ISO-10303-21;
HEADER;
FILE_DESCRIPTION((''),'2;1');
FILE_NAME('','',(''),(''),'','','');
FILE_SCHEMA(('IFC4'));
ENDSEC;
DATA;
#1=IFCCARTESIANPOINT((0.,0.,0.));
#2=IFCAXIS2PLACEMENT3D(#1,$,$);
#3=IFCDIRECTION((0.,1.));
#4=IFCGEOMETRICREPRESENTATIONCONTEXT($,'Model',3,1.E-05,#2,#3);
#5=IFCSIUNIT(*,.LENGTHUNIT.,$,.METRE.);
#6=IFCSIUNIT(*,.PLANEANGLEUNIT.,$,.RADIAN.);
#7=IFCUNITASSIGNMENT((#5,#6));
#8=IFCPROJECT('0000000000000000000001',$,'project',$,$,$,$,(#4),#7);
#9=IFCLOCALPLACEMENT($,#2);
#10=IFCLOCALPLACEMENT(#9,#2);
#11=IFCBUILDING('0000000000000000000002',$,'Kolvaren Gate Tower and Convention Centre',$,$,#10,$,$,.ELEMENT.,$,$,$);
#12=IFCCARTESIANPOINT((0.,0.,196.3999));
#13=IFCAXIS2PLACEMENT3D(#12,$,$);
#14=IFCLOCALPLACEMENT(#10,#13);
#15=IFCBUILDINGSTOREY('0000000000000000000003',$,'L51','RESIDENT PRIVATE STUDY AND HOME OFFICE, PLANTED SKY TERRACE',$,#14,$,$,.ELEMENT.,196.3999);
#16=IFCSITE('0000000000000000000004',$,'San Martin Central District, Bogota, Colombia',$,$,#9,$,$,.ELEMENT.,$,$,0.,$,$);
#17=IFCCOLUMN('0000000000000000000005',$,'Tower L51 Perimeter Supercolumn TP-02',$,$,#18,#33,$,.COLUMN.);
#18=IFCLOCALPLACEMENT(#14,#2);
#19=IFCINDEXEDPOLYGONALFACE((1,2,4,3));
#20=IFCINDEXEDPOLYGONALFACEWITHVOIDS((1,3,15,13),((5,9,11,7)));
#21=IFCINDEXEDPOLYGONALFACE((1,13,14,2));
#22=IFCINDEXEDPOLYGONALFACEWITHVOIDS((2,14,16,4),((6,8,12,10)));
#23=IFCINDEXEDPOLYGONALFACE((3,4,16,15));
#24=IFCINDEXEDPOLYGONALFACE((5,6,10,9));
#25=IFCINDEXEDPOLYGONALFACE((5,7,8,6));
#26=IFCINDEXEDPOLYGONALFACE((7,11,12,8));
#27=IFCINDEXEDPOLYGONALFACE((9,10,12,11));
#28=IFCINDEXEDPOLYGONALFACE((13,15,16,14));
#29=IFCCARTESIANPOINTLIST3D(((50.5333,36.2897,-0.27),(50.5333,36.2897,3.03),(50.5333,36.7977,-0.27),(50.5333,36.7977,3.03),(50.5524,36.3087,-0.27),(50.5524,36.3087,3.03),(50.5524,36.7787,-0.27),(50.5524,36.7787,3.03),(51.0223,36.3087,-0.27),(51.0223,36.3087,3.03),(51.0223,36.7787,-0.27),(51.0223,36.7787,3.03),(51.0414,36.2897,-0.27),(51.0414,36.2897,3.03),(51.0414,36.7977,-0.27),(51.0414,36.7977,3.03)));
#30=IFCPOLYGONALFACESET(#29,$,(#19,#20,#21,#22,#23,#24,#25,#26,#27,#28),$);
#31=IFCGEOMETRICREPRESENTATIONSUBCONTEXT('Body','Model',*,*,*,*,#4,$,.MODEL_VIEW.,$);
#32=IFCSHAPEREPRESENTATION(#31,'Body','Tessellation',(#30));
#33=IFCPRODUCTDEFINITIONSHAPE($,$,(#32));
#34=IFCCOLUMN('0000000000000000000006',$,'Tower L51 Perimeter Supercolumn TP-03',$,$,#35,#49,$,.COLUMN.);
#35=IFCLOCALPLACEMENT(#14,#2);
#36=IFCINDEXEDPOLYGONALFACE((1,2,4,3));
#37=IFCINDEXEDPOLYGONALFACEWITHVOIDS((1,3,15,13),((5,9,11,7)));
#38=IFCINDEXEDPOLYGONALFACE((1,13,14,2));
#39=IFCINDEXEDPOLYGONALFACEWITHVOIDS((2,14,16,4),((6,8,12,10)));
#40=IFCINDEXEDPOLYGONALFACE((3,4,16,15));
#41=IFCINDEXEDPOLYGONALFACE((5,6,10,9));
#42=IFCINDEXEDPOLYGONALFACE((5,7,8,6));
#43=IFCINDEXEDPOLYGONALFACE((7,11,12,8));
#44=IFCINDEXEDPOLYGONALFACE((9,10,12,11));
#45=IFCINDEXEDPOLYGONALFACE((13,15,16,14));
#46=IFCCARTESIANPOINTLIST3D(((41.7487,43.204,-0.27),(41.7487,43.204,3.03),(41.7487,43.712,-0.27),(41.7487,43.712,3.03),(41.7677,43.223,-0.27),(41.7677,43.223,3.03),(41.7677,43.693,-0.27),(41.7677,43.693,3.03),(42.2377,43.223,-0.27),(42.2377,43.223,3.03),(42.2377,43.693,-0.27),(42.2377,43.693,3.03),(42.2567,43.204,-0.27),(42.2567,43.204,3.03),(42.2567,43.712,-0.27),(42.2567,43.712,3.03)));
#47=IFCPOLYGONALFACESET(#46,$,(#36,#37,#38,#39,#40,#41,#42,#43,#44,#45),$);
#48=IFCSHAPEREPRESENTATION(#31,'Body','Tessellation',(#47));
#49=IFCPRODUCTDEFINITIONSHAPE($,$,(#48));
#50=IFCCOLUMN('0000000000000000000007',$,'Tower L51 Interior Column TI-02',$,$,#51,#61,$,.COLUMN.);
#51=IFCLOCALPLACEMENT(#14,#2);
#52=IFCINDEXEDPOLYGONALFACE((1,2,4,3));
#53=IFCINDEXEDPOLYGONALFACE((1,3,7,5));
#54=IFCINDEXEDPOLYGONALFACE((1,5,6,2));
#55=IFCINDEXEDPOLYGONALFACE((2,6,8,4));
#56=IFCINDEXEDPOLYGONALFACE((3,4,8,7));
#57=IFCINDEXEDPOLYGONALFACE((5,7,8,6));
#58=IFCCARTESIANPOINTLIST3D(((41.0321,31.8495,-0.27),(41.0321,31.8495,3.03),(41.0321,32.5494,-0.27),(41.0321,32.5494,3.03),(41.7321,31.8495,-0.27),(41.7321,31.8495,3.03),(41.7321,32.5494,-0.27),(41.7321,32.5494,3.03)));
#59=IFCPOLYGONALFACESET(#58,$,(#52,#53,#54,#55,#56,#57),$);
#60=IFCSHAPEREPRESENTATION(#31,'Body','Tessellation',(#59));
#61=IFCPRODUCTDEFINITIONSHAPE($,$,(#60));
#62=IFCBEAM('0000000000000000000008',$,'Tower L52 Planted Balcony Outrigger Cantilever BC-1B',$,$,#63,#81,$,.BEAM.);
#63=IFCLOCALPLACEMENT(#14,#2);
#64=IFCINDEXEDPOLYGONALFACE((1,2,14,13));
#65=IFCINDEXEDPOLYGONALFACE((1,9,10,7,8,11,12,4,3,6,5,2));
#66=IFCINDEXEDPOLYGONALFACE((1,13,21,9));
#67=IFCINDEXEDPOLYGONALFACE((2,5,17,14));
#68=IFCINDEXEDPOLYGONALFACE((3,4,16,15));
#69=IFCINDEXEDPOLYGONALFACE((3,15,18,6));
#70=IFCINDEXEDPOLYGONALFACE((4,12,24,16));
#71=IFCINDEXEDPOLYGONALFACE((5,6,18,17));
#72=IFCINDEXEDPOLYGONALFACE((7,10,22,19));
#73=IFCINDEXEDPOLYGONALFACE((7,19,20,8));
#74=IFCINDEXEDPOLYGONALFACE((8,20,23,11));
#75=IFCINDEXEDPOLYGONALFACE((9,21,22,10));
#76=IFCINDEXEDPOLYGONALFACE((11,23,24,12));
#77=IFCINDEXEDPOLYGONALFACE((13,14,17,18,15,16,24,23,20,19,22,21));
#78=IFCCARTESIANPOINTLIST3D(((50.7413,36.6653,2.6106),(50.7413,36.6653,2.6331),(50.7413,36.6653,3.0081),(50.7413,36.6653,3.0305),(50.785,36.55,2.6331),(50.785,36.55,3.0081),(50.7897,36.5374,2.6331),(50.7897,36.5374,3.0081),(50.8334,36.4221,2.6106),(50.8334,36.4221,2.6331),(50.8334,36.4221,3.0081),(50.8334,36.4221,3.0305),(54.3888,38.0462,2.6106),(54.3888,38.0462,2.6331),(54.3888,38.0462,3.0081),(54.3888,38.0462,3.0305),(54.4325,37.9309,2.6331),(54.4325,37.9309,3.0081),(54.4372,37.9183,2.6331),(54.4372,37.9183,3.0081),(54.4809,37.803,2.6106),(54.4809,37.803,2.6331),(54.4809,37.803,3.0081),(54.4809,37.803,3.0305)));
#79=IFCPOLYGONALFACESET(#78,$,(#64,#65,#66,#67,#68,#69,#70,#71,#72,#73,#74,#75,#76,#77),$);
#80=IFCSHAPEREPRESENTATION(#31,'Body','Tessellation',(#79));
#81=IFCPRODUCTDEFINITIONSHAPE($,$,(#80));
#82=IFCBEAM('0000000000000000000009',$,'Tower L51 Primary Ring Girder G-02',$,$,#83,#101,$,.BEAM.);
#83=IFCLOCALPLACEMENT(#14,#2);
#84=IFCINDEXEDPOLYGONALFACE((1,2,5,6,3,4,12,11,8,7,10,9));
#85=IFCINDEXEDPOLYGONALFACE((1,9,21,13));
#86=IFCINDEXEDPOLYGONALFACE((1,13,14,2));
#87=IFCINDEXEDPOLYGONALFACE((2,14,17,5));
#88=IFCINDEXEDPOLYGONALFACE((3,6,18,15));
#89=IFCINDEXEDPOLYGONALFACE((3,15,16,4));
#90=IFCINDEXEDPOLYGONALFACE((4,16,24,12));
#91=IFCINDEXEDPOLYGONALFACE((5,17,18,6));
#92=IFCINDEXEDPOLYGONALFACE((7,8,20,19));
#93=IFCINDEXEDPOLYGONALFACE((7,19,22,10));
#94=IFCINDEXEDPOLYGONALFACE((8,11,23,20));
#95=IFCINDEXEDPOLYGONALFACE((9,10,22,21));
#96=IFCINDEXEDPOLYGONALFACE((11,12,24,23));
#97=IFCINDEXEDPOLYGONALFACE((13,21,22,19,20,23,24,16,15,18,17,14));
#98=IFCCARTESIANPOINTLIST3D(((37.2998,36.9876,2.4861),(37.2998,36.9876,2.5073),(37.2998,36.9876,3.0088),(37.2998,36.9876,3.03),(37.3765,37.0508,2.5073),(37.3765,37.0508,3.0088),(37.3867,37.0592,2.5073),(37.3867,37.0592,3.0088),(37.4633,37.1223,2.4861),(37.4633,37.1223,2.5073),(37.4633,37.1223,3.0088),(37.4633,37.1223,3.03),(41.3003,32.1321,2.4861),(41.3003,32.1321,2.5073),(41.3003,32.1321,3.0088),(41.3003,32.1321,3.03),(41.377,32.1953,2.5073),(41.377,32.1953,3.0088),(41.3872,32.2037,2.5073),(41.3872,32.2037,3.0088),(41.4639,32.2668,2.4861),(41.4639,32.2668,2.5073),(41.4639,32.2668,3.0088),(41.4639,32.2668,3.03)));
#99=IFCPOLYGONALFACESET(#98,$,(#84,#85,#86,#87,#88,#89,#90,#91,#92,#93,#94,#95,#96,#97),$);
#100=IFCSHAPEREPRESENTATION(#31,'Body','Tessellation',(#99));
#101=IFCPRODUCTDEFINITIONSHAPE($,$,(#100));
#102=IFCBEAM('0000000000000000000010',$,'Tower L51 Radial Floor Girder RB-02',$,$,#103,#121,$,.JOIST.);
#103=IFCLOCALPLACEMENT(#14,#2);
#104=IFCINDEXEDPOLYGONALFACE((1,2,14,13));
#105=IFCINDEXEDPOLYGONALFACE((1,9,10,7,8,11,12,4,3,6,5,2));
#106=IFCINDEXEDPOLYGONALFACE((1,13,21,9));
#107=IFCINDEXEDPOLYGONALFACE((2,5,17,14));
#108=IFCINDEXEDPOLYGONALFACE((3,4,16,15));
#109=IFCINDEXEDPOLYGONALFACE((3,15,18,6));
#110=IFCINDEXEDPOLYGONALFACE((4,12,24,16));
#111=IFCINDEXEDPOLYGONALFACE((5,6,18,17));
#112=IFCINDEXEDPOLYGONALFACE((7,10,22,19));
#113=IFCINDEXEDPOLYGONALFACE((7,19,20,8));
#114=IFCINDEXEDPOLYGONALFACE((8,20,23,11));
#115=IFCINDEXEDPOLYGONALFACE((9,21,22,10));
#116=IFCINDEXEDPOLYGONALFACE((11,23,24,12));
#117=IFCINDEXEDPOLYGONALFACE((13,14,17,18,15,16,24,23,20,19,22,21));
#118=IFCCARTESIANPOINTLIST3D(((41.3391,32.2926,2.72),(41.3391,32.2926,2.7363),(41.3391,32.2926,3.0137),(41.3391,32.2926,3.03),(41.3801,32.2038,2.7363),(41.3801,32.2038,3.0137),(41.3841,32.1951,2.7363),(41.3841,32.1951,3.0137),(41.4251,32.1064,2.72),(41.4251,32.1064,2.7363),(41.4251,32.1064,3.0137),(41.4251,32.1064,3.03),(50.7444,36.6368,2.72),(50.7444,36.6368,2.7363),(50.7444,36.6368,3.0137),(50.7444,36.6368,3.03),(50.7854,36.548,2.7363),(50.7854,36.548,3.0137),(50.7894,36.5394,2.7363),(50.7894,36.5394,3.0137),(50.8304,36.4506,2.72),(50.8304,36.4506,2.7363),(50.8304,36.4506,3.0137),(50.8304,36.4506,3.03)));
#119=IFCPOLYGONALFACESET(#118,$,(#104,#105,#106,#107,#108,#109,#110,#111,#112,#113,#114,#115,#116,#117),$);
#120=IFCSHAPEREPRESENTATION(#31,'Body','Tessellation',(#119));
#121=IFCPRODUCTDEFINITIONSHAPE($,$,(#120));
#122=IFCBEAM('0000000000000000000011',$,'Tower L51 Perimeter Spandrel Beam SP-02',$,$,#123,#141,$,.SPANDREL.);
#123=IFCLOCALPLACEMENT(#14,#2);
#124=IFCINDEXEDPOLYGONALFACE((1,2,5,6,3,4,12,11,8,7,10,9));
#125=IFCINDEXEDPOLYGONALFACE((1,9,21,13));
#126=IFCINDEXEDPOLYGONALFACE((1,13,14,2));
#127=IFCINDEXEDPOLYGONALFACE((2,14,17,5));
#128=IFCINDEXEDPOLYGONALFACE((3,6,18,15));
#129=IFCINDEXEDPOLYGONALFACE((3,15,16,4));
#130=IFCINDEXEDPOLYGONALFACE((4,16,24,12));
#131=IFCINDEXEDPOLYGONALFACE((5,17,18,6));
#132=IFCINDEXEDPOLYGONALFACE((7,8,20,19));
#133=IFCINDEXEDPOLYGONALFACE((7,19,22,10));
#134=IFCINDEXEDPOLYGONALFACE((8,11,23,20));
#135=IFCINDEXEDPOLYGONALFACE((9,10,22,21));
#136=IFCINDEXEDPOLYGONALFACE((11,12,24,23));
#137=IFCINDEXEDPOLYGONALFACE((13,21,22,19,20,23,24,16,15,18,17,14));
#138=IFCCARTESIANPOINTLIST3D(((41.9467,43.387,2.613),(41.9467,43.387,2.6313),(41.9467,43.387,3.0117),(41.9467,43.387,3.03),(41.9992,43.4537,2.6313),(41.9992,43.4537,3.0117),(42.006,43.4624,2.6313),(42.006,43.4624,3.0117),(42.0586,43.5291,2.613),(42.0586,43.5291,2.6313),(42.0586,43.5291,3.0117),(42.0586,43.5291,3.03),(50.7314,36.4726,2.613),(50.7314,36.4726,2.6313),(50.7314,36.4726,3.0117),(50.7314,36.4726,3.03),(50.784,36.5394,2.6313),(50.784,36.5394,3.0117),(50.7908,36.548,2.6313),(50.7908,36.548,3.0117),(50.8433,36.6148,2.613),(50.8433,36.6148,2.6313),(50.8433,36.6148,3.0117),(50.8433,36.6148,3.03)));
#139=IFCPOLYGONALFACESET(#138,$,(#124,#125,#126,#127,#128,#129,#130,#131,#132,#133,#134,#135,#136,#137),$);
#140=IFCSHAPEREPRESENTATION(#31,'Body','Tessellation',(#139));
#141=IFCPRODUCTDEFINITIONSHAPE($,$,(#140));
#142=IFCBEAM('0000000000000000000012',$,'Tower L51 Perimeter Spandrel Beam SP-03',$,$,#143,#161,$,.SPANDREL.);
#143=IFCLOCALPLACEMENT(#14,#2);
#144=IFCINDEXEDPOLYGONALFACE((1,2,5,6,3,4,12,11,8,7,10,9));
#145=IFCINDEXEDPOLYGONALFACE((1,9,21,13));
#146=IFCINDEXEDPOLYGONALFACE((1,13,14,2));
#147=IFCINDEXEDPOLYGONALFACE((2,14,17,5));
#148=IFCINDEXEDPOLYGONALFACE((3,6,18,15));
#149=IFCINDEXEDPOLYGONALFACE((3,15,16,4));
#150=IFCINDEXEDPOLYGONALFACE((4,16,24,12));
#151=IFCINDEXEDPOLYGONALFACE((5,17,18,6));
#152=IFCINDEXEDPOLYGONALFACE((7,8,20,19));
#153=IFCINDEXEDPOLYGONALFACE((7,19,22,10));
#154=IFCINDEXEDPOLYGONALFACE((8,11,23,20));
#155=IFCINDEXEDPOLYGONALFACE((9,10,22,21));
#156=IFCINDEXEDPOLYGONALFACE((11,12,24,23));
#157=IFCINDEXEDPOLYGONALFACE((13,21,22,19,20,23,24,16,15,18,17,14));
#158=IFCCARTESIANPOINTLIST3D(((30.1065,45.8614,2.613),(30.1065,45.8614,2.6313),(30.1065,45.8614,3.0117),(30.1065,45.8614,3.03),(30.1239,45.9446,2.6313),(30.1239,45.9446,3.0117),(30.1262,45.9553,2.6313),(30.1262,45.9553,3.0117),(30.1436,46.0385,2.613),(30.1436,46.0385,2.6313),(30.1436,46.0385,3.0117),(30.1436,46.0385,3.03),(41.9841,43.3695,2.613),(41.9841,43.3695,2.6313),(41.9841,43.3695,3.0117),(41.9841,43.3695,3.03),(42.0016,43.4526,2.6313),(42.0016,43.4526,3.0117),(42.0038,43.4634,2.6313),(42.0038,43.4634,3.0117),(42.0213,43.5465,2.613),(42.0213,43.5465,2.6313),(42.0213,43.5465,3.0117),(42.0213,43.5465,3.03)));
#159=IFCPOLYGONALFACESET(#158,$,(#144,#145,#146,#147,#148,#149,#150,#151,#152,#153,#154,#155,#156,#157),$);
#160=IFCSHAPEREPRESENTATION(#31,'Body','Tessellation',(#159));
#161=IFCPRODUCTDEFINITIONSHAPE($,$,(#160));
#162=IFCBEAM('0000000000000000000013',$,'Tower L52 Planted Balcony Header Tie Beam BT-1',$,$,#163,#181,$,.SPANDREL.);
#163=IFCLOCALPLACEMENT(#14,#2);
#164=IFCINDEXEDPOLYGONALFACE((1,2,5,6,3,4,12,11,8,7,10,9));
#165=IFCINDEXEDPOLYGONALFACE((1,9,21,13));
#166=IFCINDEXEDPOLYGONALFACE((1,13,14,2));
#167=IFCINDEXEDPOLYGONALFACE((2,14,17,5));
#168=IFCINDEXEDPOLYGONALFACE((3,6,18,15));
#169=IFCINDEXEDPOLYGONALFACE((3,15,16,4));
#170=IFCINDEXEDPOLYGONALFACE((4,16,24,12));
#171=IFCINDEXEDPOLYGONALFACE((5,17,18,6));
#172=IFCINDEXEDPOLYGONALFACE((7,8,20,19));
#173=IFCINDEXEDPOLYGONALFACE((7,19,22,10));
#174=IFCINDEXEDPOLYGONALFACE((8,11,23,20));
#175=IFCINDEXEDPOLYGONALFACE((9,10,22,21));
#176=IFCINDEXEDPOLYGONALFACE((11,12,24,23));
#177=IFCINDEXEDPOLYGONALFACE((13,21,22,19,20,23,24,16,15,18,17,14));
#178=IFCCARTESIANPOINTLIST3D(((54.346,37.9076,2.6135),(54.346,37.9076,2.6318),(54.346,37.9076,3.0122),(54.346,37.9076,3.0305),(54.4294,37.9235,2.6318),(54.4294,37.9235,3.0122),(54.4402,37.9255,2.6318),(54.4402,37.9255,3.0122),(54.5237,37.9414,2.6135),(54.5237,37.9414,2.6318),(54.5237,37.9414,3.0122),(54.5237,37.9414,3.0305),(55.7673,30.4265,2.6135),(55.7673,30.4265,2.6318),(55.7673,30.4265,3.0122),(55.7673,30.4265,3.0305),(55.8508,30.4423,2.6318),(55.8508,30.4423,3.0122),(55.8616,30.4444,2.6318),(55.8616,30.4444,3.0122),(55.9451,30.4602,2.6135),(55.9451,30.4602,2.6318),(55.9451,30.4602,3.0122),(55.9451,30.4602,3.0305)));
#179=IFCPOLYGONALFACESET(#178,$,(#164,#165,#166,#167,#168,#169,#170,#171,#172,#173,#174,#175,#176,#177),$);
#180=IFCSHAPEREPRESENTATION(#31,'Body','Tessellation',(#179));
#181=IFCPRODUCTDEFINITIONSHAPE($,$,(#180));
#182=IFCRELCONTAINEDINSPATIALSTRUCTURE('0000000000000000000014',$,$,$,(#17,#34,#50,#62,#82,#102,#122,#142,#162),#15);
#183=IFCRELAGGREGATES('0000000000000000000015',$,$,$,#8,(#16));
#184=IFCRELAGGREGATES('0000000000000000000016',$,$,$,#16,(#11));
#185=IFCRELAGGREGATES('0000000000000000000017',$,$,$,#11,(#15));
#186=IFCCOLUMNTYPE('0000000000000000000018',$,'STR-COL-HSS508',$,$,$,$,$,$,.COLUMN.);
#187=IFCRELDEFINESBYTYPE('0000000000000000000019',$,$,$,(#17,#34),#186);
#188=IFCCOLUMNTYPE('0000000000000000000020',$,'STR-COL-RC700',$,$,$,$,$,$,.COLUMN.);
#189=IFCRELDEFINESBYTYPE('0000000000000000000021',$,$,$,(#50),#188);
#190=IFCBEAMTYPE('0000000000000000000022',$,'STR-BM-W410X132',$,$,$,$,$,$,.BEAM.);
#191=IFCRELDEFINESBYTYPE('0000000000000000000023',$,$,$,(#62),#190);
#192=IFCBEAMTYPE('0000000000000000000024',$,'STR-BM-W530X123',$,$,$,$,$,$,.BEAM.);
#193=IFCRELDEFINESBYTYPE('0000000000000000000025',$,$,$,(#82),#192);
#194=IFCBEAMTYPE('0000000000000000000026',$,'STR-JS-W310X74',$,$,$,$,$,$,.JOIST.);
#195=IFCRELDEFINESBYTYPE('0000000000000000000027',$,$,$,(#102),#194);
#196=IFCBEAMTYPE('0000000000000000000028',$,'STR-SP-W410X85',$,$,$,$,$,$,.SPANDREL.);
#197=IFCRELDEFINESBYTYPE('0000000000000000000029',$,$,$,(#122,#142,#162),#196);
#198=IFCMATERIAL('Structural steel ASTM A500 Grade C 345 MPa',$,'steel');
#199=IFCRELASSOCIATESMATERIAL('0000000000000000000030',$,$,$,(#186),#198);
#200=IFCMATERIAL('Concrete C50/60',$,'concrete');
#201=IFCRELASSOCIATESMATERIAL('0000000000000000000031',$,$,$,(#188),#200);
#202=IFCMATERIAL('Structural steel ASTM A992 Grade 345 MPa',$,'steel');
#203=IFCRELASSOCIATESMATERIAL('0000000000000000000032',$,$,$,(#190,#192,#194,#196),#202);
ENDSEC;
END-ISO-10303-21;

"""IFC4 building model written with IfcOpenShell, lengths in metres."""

from ifc_helpers import new_model, si_unit, direction, frame, origin, origin_2d, place, context, subcontext, project, spatial, rectangle, hollow_rectangle, i_section, extrude, material, material_profile, profile_set, type_object, element, save


model = new_model("IFC4")

# Units and contexts
model_context = context("Model", 3, precision=1e-05, world=origin(), true_north=direction((0.0, 1.0)))
body_context = subcontext(model_context, "Body", "Model", "MODEL_VIEW")
ifc_project = project(units=[si_unit("LENGTHUNIT", "METRE"), si_unit("PLANEANGLEUNIT", "RADIAN")], contexts=[model_context])

# Site, building, storey
site_placement = place(None, origin())
site = spatial("IfcSite", under=ifc_project, at=site_placement, Name="San Martin Central District, Bogota, Colombia", CompositionType="ELEMENT", RefElevation=0.0)
building_placement = place(site_placement, origin())
building = spatial("IfcBuilding", under=site, at=building_placement, Name="Kolvaren Gate Tower and Convention Centre", CompositionType="ELEMENT")
storey_placement = place(building_placement, frame((0.0, 0.0, 196.3999)))
storey = spatial("IfcBuildingStorey", under=building, at=storey_placement, Name="L51", Description="RESIDENT PRIVATE STUDY AND HOME OFFICE, PLANTED SKY TERRACE", CompositionType="ELEMENT", Elevation=196.3999)

# Columns
ifc_material_1 = material(Name="Structural steel ASTM A500 Grade C 345 MPa", Category="steel")
ifc_material_profile_1 = material_profile(ifc_material_1, hollow_rectangle(XDim=0.5081, YDim=0.5081, WallThickness=0.019, at=origin_2d()), Name="HSS508X508X19.1")
ifc_profile_set_1 = profile_set([ifc_material_profile_1], Name="Structural steel ASTM A500 Grade C 345 MPa")
column_type_1 = type_object("IfcColumnType", Name="STR-COL-HSS508", PredefinedType="COLUMN", material=ifc_profile_set_1)
for number, where, z_axis, x_axis, name in (
    (1, (50.7874, 36.5437, -0.27), (0.0, 0.0, 1.0), (1.0, 0.0, 0.0), "Tower L51 Perimeter Supercolumn TP-02"),
    (2, (42.0027, 43.458, -0.27), (0.0, 0.0, 1.0), (1.0, 0.0, 0.0), "Tower L51 Perimeter Supercolumn TP-03"),
):
    element("IfcColumn", number, at=place(storey_placement, frame(where, z_axis=z_axis, x_axis=x_axis)), inside=storey, type_object=column_type_1, Name=name, PredefinedType="COLUMN", context=body_context, shape_type="SweptSolid", body=[
        extrude(hollow_rectangle(XDim=0.5081, YDim=0.5081, WallThickness=0.019, at=origin_2d()), origin(), (0.0, 0.0, 1.0), 3.3),
    ])
ifc_material_2 = material(Name="Concrete C50/60", Category="concrete")
ifc_material_profile_2 = material_profile(ifc_material_2, rectangle(XDim=0.7, YDim=0.7, at=origin_2d()), Name="RC-COL-700X700")
ifc_profile_set_2 = profile_set([ifc_material_profile_2], Name="Concrete C50/60")
column_type_2 = type_object("IfcColumnType", Name="STR-COL-RC700", PredefinedType="COLUMN", material=ifc_profile_set_2)
column_placement = place(storey_placement, frame((41.3821, 32.1995, -0.27), z_axis=(0.0, 0.0, 1.0), x_axis=(1.0, 0.0, 0.0)))
element("IfcColumn", 3, at=column_placement, inside=storey, type_object=column_type_2, Name="Tower L51 Interior Column TI-02", PredefinedType="COLUMN", context=body_context, shape_type="SweptSolid", body=[
    extrude(rectangle(XDim=0.7, YDim=0.7, at=origin_2d()), origin(), (0.0, 0.0, 1.0), 3.3),
])

# Beams
ifc_material_3 = material(Name="Structural steel ASTM A992 Grade 345 MPa", Category="steel")
ifc_material_profile_3 = material_profile(ifc_material_3, i_section(OverallWidth=0.26, OverallDepth=0.4199, WebThickness=0.0134, FlangeThickness=0.0225, at=origin_2d()), Name="W410X132")
ifc_profile_set_3 = profile_set([ifc_material_profile_3], Name="Structural steel ASTM A992 Grade 345 MPa")
beam_type_1 = type_object("IfcBeamType", Name="STR-BM-W410X132", PredefinedType="BEAM", material=ifc_profile_set_3)
beam_1_placement = place(storey_placement, frame((50.7874, 36.5437, 2.8206), z_axis=(0.935224, 0.354058, 0.0), x_axis=(-0.354058, 0.935224, 0.0)))
element("IfcBeam", 4, at=beam_1_placement, inside=storey, type_object=beam_type_1, Name="Tower L52 Planted Balcony Outrigger Cantilever BC-1B", PredefinedType="BEAM", context=body_context, shape_type="SweptSolid", body=[
    extrude(i_section(OverallWidth=0.26, OverallDepth=0.4199, WebThickness=0.0134, FlangeThickness=0.0225, at=origin_2d()), origin(), (0.0, 0.0, 1.0), 3.9001),
])
ifc_material_profile_4 = material_profile(ifc_material_3, i_section(OverallWidth=0.2119, OverallDepth=0.5439, WebThickness=0.0132, FlangeThickness=0.0212, at=origin_2d()), Name="W530X123")
ifc_profile_set_4 = profile_set([ifc_material_profile_4], Name="Structural steel ASTM A992 Grade 345 MPa")
beam_type_2 = type_object("IfcBeamType", Name="STR-BM-W530X123", PredefinedType="BEAM", material=ifc_profile_set_4)
beam_2_placement = place(storey_placement, frame((41.3821, 32.1995, 2.7581), z_axis=(-0.635884, 0.771785, 0.0), x_axis=(-0.771785, -0.635884, 0.0)))
element("IfcBeam", 5, at=beam_2_placement, inside=storey, type_object=beam_type_2, Name="Tower L51 Primary Ring Girder G-02", PredefinedType="BEAM", context=body_context, shape_type="SweptSolid", body=[
    extrude(i_section(OverallWidth=0.2119, OverallDepth=0.5439, WebThickness=0.0132, FlangeThickness=0.0212, at=origin_2d()), origin(), (0.0, 0.0, 1.0), 6.2913),
])
ifc_material_profile_5 = material_profile(ifc_material_3, i_section(OverallWidth=0.2051, OverallDepth=0.3101, WebThickness=0.0095, FlangeThickness=0.0164, at=origin_2d()), Name="W310X74")
ifc_profile_set_5 = profile_set([ifc_material_profile_5], Name="Structural steel ASTM A992 Grade 345 MPa")
beam_type_3 = type_object("IfcBeamType", Name="STR-JS-W310X74", PredefinedType="JOIST", material=ifc_profile_set_5)
beam_3_placement = place(storey_placement, frame((41.3821, 32.1995, 2.875), z_axis=(0.907837, 0.419324, 0.0), x_axis=(-0.419324, 0.907837, 0.0)))
element("IfcBeam", 6, at=beam_3_placement, inside=storey, type_object=beam_type_3, Name="Tower L51 Radial Floor Girder RB-02", PredefinedType="JOIST", context=body_context, shape_type="SweptSolid", body=[
    extrude(i_section(OverallWidth=0.2051, OverallDepth=0.3101, WebThickness=0.0095, FlangeThickness=0.0164, at=origin_2d()), origin(), (0.0, 0.0, 1.0), 10.3601),
])
ifc_material_profile_6 = material_profile(ifc_material_3, i_section(OverallWidth=0.1809, OverallDepth=0.417, WebThickness=0.011, FlangeThickness=0.0183, at=origin_2d()), Name="W410X85")
ifc_profile_set_6 = profile_set([ifc_material_profile_6], Name="Structural steel ASTM A992 Grade 345 MPa")
beam_type_4 = type_object("IfcBeamType", Name="STR-SP-W410X85", PredefinedType="SPANDREL", material=ifc_profile_set_6)
beam_4_placement = place(storey_placement, frame((50.7874, 36.5437, 2.8215), z_axis=(-0.785794, 0.618489, 0.0), x_axis=(-0.618489, -0.785794, 0.0)))
element("IfcBeam", 7, at=beam_4_placement, inside=storey, type_object=beam_type_4, Name="Tower L51 Perimeter Spandrel Beam SP-02", PredefinedType="SPANDREL", context=body_context, shape_type="SweptSolid", body=[
    extrude(i_section(OverallWidth=0.1809, OverallDepth=0.417, WebThickness=0.011, FlangeThickness=0.0183, at=origin_2d()), origin(), (0.0, 0.0, 1.0), 11.1794),
])
beam_5_placement = place(storey_placement, frame((42.0027, 43.458, 2.8215), z_axis=(-0.978693, 0.20533, 0.0), x_axis=(-0.20533, -0.978693, 0.0)))
element("IfcBeam", 8, at=beam_5_placement, inside=storey, type_object=beam_type_4, Name="Tower L51 Perimeter Spandrel Beam SP-03", PredefinedType="SPANDREL", context=body_context, shape_type="SweptSolid", body=[
    extrude(i_section(OverallWidth=0.1809, OverallDepth=0.417, WebThickness=0.011, FlangeThickness=0.0183, at=origin_2d()), origin(), (0.0, 0.0, 1.0), 12.1362),
])
beam_6_placement = place(storey_placement, frame((55.8562, 30.4434, 2.822), z_axis=(-0.186655, 0.982425, 0.0), x_axis=(-0.982425, -0.186655, 0.0)))
element("IfcBeam", 9, at=beam_6_placement, inside=storey, type_object=beam_type_4, Name="Tower L52 Planted Balcony Header Tie Beam BT-1", PredefinedType="SPANDREL", context=body_context, shape_type="SweptSolid", body=[
    extrude(i_section(OverallWidth=0.1809, OverallDepth=0.417, WebThickness=0.011, FlangeThickness=0.0183, at=origin_2d()), origin(), (0.0, 0.0, 1.0), 7.615),
])

save(model, "model.ifc")
